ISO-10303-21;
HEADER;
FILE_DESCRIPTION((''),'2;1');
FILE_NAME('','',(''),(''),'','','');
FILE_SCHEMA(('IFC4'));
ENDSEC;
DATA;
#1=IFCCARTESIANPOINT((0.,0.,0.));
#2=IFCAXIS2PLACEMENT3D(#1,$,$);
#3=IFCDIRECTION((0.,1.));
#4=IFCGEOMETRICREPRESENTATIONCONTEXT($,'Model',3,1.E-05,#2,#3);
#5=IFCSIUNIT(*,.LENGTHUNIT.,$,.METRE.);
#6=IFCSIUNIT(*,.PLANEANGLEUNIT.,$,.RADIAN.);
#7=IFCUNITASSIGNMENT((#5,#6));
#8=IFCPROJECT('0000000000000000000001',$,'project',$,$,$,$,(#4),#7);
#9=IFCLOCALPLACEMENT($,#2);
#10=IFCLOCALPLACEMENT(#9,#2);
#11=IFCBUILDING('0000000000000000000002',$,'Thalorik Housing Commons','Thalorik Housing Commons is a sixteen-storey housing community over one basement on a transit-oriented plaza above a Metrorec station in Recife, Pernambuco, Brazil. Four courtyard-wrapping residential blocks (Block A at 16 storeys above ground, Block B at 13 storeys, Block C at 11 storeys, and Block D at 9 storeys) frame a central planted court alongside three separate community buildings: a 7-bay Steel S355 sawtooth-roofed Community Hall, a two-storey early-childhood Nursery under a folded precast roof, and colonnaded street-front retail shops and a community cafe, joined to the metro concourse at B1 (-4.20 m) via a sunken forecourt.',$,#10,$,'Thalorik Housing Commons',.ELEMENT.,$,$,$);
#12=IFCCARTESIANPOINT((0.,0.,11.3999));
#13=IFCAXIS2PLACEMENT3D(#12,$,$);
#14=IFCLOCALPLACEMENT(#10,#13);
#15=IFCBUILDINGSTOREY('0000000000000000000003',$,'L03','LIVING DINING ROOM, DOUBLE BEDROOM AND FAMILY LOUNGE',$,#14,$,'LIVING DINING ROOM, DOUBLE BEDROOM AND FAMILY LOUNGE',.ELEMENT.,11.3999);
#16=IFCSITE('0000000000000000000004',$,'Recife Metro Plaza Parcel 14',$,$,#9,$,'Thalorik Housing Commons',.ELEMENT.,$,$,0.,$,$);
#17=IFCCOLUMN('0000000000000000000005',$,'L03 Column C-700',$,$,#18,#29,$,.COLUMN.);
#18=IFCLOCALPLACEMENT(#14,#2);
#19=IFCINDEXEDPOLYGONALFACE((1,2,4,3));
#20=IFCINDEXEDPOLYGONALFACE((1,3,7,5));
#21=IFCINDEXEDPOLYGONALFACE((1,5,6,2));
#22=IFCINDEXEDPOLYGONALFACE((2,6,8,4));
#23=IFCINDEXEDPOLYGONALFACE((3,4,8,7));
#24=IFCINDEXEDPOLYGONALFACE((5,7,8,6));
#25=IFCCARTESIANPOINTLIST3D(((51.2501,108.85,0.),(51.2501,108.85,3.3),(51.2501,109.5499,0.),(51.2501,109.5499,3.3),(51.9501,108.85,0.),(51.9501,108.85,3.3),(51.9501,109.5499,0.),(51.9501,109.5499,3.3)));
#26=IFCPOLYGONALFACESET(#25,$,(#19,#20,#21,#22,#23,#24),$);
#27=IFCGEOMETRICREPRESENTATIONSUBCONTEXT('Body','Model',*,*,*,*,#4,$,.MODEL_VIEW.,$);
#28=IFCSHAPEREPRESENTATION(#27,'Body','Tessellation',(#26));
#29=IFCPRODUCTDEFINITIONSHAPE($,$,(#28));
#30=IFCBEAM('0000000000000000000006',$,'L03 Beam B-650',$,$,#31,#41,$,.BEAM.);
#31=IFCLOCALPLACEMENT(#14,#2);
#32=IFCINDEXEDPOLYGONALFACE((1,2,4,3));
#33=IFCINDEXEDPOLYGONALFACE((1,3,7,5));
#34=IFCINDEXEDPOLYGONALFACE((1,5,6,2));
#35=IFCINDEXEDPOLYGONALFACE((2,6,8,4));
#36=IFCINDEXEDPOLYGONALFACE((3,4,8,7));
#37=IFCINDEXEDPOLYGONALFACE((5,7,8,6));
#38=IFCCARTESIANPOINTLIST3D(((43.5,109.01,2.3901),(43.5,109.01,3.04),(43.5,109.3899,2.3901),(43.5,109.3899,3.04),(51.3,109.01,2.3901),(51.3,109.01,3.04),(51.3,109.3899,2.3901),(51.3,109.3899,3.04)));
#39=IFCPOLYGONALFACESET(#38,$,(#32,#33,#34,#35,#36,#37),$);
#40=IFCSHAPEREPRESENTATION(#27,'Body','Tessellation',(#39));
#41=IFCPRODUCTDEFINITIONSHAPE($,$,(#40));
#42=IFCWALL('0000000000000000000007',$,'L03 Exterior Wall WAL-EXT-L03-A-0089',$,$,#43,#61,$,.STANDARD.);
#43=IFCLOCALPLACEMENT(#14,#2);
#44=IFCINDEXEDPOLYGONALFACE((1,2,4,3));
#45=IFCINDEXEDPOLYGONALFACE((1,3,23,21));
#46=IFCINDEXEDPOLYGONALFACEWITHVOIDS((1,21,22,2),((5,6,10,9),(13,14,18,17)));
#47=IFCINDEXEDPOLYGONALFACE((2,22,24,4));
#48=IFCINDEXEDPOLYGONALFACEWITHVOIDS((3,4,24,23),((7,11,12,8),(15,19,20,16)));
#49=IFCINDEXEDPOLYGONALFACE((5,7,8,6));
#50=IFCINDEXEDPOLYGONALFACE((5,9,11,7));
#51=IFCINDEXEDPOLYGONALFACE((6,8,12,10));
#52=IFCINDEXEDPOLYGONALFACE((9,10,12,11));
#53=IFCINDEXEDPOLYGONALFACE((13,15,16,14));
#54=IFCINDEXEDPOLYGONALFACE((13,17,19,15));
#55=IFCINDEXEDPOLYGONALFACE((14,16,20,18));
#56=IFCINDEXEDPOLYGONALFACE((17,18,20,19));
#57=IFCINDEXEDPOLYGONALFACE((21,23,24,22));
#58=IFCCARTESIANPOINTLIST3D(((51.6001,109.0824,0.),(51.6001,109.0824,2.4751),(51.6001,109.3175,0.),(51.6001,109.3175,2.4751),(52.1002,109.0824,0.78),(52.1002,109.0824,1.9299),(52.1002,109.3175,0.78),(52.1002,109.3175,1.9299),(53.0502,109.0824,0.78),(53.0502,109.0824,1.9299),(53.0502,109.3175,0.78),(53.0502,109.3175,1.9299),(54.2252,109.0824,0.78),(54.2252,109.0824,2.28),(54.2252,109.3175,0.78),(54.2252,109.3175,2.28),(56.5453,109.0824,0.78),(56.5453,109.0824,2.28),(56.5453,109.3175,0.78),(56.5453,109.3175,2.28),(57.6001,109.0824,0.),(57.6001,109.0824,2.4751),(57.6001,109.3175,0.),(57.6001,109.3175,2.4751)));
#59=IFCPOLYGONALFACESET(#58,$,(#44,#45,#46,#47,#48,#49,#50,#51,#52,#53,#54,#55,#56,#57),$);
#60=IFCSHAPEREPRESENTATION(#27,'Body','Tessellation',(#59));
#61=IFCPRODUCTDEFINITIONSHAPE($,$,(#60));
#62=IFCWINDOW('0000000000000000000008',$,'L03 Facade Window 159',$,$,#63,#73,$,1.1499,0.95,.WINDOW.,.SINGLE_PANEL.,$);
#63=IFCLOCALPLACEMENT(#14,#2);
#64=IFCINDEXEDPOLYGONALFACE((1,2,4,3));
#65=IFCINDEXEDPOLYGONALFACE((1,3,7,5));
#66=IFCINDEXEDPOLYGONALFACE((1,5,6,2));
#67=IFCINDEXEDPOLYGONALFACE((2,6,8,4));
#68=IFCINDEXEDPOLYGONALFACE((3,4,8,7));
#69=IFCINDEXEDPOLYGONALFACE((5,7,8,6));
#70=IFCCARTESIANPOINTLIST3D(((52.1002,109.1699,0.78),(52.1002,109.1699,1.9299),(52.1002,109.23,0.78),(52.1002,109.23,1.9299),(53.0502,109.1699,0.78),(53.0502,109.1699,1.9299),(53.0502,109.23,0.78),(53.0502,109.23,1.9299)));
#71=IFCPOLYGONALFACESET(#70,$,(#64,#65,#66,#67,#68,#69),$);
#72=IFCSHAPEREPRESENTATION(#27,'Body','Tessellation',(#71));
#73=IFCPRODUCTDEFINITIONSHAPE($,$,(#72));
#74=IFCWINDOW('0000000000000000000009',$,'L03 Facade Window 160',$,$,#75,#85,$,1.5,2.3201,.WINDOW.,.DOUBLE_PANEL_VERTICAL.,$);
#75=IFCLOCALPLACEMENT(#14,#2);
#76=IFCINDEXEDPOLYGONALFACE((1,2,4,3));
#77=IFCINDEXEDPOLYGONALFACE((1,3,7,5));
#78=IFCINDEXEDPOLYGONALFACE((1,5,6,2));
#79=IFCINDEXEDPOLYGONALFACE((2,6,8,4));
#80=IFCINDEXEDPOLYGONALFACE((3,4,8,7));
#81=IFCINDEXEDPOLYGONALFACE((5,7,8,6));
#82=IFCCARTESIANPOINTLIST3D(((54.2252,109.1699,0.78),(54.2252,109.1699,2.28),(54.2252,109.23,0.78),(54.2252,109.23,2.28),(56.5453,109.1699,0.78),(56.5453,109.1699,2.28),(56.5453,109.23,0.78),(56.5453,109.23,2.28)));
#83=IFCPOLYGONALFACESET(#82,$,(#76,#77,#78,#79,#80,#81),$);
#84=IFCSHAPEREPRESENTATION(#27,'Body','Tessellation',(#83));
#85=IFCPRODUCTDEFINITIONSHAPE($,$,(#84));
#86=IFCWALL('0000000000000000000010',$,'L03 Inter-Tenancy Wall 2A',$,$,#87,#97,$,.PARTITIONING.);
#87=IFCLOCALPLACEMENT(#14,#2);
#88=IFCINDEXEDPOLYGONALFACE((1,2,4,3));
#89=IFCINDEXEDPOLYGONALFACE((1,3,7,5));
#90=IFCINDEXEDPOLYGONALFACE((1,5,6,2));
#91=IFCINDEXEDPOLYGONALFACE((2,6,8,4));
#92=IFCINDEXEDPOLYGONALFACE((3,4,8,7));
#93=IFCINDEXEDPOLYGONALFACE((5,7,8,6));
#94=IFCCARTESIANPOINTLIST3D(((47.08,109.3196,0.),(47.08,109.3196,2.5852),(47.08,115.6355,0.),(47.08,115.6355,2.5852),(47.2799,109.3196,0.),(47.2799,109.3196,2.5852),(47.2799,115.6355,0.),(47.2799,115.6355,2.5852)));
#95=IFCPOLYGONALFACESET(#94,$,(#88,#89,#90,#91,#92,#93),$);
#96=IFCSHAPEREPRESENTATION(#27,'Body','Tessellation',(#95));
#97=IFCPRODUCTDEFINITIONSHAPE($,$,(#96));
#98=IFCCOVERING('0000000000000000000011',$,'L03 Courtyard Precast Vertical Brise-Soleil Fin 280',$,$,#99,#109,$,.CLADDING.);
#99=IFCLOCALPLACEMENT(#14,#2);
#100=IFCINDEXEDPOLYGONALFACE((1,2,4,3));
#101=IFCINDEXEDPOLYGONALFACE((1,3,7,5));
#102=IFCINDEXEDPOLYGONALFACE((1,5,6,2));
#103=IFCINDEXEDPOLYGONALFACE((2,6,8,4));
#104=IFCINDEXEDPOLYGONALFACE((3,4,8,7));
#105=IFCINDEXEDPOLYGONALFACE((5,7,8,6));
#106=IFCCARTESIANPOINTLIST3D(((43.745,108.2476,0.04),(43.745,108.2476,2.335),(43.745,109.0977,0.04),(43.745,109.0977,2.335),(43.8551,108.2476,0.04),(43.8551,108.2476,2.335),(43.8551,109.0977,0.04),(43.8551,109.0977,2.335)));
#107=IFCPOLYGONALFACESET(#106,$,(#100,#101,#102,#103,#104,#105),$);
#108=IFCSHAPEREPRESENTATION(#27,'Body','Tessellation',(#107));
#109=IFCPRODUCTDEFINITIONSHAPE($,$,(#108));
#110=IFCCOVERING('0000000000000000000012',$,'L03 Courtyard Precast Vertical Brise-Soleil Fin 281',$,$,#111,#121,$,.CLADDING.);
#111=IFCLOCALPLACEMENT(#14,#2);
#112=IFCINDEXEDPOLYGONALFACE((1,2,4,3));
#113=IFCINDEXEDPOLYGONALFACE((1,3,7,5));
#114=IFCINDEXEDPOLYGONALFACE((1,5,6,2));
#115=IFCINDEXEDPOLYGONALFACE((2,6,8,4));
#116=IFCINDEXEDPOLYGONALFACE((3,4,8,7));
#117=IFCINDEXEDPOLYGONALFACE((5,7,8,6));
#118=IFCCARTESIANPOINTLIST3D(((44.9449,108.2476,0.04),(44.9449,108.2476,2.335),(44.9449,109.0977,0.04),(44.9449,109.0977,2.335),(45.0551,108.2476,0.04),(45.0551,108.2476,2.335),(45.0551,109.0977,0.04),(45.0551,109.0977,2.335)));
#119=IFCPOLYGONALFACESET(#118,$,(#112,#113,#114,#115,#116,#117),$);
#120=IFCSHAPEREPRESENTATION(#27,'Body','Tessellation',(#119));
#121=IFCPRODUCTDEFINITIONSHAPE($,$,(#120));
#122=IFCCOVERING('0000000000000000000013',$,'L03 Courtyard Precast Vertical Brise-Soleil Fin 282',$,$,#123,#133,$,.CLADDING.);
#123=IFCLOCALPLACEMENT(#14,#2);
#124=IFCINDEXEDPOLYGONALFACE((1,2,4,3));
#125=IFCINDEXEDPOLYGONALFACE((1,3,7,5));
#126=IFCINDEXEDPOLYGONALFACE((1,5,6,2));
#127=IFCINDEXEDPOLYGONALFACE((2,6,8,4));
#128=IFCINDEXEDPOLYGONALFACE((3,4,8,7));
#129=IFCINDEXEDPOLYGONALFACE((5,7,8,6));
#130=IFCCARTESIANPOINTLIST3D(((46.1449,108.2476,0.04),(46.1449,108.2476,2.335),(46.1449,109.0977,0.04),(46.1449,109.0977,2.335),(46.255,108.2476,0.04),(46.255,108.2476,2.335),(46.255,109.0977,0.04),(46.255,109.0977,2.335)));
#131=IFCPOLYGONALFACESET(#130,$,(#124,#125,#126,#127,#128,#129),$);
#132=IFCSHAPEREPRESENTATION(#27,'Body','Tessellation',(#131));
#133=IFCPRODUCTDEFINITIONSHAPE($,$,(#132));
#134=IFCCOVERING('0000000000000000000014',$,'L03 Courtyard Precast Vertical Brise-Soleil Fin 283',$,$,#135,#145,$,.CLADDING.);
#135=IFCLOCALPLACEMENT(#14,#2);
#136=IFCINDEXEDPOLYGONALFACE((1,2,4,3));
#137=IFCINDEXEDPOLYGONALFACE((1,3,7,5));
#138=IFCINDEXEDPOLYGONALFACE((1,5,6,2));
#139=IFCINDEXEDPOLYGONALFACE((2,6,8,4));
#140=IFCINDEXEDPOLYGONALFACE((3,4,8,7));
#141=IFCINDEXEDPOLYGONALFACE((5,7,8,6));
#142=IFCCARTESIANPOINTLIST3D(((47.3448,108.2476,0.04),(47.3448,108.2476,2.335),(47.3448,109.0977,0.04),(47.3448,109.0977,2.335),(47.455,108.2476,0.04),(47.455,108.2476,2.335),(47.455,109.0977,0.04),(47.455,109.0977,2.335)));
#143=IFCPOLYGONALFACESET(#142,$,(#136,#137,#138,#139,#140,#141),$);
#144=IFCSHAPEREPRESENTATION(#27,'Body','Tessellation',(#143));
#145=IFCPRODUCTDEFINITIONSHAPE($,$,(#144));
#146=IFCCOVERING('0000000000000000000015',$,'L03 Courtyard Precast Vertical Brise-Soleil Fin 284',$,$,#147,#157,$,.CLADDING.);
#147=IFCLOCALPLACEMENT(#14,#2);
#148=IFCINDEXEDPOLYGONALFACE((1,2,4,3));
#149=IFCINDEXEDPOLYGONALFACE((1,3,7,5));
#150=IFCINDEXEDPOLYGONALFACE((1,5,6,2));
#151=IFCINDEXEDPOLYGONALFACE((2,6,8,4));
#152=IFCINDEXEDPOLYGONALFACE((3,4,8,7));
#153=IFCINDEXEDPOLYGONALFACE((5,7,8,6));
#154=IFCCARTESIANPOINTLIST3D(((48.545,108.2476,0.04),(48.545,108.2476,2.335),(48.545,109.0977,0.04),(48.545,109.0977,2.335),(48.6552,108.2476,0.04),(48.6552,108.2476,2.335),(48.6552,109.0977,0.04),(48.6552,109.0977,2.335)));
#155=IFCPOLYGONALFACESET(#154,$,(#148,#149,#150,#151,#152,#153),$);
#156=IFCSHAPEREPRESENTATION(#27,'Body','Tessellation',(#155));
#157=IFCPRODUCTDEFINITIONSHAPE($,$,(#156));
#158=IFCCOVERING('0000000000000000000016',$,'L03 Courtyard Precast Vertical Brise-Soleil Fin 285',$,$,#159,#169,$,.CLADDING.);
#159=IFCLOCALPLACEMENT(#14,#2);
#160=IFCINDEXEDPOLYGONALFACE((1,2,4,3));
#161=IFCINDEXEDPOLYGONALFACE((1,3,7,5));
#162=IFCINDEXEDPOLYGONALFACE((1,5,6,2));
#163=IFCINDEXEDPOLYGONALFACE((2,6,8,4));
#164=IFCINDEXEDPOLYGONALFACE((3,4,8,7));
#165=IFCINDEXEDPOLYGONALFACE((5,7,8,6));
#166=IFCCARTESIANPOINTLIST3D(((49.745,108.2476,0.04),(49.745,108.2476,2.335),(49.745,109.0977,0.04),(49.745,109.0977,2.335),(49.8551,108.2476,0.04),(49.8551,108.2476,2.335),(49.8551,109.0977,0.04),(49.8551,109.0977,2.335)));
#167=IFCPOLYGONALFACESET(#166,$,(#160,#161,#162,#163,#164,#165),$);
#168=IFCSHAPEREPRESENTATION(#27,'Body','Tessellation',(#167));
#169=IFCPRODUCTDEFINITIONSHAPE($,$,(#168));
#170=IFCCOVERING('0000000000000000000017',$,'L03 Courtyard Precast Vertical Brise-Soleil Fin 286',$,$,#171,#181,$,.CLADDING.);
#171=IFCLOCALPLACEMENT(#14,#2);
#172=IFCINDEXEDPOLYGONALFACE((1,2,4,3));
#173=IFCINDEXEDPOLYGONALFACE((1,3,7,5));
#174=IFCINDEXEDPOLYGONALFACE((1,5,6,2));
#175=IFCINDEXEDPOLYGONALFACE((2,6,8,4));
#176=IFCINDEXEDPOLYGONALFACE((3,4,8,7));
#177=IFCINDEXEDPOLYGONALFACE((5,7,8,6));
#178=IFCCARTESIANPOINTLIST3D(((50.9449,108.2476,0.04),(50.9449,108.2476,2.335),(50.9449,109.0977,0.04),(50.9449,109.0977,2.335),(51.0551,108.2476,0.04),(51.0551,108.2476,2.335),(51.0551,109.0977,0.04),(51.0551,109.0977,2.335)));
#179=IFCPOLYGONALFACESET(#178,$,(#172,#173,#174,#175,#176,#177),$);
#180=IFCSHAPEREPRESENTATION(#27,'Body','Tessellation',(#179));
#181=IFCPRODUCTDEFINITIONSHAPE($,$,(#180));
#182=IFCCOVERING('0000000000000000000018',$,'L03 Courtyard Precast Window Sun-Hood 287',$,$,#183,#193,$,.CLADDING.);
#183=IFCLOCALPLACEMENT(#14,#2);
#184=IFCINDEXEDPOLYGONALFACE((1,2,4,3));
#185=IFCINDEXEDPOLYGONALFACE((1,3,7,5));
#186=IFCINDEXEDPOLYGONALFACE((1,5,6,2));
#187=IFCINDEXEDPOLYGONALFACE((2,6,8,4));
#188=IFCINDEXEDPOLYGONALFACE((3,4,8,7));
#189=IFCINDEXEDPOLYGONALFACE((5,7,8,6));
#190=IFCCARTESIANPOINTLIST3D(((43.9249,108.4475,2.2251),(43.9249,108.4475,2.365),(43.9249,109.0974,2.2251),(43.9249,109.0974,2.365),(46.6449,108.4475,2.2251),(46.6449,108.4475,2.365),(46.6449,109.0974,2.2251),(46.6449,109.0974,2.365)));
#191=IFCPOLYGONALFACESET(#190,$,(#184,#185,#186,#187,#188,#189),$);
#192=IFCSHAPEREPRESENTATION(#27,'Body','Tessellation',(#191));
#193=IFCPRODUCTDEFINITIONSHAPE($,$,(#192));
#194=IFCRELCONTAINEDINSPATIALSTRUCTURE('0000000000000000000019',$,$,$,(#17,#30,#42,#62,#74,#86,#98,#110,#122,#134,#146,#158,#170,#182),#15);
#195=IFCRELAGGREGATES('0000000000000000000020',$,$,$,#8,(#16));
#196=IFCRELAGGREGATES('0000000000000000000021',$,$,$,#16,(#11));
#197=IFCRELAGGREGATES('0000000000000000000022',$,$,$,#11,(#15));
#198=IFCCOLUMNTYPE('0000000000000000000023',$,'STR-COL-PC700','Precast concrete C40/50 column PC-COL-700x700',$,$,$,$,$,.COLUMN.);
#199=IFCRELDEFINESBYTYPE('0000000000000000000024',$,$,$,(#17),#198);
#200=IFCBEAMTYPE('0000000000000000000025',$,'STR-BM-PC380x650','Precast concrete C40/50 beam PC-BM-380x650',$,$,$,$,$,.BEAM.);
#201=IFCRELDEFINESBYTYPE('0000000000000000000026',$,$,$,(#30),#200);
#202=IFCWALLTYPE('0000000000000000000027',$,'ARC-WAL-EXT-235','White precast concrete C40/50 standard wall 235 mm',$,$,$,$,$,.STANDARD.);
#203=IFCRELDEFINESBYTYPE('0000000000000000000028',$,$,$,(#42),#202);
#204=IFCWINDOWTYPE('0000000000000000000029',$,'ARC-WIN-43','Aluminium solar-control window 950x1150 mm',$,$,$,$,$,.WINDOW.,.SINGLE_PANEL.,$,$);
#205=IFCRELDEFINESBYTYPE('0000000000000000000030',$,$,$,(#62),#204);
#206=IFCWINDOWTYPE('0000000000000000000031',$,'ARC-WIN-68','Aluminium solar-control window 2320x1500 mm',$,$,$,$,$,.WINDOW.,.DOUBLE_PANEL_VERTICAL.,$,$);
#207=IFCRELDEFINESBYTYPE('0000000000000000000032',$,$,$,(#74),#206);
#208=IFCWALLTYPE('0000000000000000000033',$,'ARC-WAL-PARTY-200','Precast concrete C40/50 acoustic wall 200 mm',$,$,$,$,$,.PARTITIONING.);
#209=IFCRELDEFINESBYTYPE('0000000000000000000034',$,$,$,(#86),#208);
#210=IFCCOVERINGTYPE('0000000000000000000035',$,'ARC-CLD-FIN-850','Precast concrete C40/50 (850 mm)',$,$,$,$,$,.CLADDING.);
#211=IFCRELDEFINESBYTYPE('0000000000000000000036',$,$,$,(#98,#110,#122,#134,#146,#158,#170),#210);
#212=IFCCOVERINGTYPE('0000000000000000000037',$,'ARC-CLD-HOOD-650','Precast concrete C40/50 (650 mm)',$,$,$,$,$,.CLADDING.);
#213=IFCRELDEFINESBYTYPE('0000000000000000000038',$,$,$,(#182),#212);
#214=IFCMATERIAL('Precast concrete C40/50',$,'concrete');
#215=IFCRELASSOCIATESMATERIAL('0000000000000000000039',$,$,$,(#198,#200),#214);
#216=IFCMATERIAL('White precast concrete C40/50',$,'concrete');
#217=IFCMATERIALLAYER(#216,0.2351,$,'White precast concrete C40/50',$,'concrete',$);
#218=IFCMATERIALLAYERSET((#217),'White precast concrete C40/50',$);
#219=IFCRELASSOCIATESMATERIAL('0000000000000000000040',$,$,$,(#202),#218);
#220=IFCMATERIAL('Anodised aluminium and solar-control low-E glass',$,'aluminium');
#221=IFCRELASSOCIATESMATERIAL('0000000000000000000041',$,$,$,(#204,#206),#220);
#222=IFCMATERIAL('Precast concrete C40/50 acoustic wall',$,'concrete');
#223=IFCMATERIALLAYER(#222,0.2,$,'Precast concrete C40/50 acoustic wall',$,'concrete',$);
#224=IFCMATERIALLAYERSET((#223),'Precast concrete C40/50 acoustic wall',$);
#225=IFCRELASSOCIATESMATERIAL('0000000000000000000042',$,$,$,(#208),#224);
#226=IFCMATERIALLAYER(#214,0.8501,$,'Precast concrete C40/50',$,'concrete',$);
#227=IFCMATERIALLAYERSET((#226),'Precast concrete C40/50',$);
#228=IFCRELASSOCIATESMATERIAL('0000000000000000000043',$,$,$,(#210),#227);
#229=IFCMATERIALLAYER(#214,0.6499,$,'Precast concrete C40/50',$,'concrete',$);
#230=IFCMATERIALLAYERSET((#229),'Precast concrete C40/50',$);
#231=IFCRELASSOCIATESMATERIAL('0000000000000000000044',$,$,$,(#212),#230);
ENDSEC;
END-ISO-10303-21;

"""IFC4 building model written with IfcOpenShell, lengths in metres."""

from ifc_helpers import new_model, si_unit, direction, frame, frame_2d, origin, origin_2d, place, context, subcontext, project, spatial, rectangle, extrude, material, layer, layer_set, material_profile, profile_set, type_object, element, fill, save


model = new_model("IFC4")

# Units and contexts
model_context = context("Model", 3, precision=1e-05, world=origin(), true_north=direction((0.0, 1.0)))
body_context = subcontext(model_context, "Body", "Model", "MODEL_VIEW")
ifc_project = project(units=[si_unit("LENGTHUNIT", "METRE"), si_unit("PLANEANGLEUNIT", "RADIAN")], contexts=[model_context])

# Site, building, storey
site_placement = place(None, origin())
site = spatial("IfcSite", under=ifc_project, at=site_placement, Name="Recife Metro Plaza Parcel 14", LongName="Thalorik Housing Commons", CompositionType="ELEMENT", RefElevation=0.0)
building_placement = place(site_placement, origin())
building = spatial("IfcBuilding", under=site, at=building_placement, Name="Thalorik Housing Commons", Description="Thalorik Housing Commons is a sixteen-storey housing community over one basement on a transit-oriented plaza above a Metrorec station in Recife, Pernambuco, Brazil. Four courtyard-wrapping residential blocks (Block A at 16 storeys above ground, Block B at 13 storeys, Block C at 11 storeys, and Block D at 9 storeys) frame a central planted court alongside three separate community buildings: a 7-bay Steel S355 sawtooth-roofed Community Hall, a two-storey early-childhood Nursery under a folded precast roof, and colonnaded street-front retail shops and a community cafe, joined to the metro concourse at B1 (-4.20 m) via a sunken forecourt.", LongName="Thalorik Housing Commons", CompositionType="ELEMENT")
storey_placement = place(building_placement, frame((0.0, 0.0, 11.3999)))
storey = spatial("IfcBuildingStorey", under=building, at=storey_placement, Name="L03", Description="LIVING DINING ROOM, DOUBLE BEDROOM AND FAMILY LOUNGE", LongName="LIVING DINING ROOM, DOUBLE BEDROOM AND FAMILY LOUNGE", CompositionType="ELEMENT", Elevation=11.3999)

# Column
ifc_material_1 = material(Name="Precast concrete C40/50", Category="concrete")
ifc_material_profile_1 = material_profile(ifc_material_1, rectangle(XDim=0.7, YDim=0.7, at=origin_2d()), Name="PC 700x700", Category="concrete")
ifc_profile_set_1 = profile_set([ifc_material_profile_1], Name="Precast concrete C40/50")
column_type = type_object("IfcColumnType", Name="STR-COL-PC700", Description="Precast concrete C40/50 column PC-COL-700x700", PredefinedType="COLUMN", material=ifc_profile_set_1)
column_placement = place(storey_placement, frame((51.6001, 109.2, 0.0), z_axis=(0.0, 0.0, 1.0), x_axis=(1.0, 0.0, 0.0)))
element("IfcColumn", 1, at=column_placement, inside=storey, type_object=column_type, Name="L03 Column C-700", PredefinedType="COLUMN", context=body_context, shape_type="SweptSolid", body=[
    extrude(rectangle(XDim=0.7, YDim=0.7, at=origin_2d()), origin(), (0.0, 0.0, 1.0), 3.3),
])

# Beam
ifc_material_profile_2 = material_profile(ifc_material_1, rectangle(XDim=0.3799, YDim=0.6499, at=origin_2d()), Name="PC 380x650", Category="concrete")
ifc_profile_set_2 = profile_set([ifc_material_profile_2], Name="Precast concrete C40/50")
beam_type = type_object("IfcBeamType", Name="STR-BM-PC380x650", Description="Precast concrete C40/50 beam PC-BM-380x650", PredefinedType="BEAM", material=ifc_profile_set_2)
beam_placement = place(storey_placement, frame((43.5, 109.2, 2.7151), z_axis=(1.0, 0.0, 0.0), x_axis=(0.0, 1.0, 0.0)))
element("IfcBeam", 2, at=beam_placement, inside=storey, type_object=beam_type, Name="L03 Beam B-650", PredefinedType="BEAM", context=body_context, shape_type="SweptSolid", body=[
    extrude(rectangle(XDim=0.3799, YDim=0.6499, at=origin_2d()), origin(), (0.0, 0.0, 1.0), 7.8),
])

# Wall, openings, windows
ifc_material_2 = material(Name="White precast concrete C40/50", Category="concrete")
ifc_layer_1 = layer(ifc_material_2, 0.2351, Name="White precast concrete C40/50", Category="concrete")
ifc_layer_set_1 = layer_set([ifc_layer_1], Name="White precast concrete C40/50")
wall_type_1 = type_object("IfcWallType", Name="ARC-WAL-EXT-235", Description="White precast concrete C40/50 standard wall 235 mm", PredefinedType="STANDARD", material=ifc_layer_set_1)
wall_1_placement = place(storey_placement, frame((51.6001, 109.2, 0.0), z_axis=(0.0, 0.0, 1.0), x_axis=(1.0, 0.0, 0.0)))
wall_1 = element("IfcWall", 3, at=wall_1_placement, inside=storey, type_object=wall_type_1, Name="L03 Exterior Wall WAL-EXT-L03-A-0089", PredefinedType="STANDARD", context=body_context, shape_type="SweptSolid", body=[
    extrude(rectangle(XDim=6.0, YDim=0.2351, at=frame_2d((3.0, 0.0))), origin(), (0.0, 0.0, 1.0), 2.4751),
])
opening_1_placement = place(wall_1_placement, frame((0.5, 0.0, 0.78)))
opening_1 = element("IfcOpeningElement", 4, at=opening_1_placement, cuts=wall_1, PredefinedType="OPENING", context=body_context, shape_type="SweptSolid", body=[
    extrude(rectangle(XDim=0.95, YDim=1.1499, at=frame_2d((0.4751, 0.575))), frame((0.0, 0.1274, 0.0), z_axis=(0.0, -1.0, 0.0), x_axis=(1.0, 0.0, 0.0)), (0.0, 0.0, 1.0), 0.2551),
])
opening_2_placement = place(wall_1_placement, frame((2.625, 0.0, 0.78)))
opening_2 = element("IfcOpeningElement", 5, at=opening_2_placement, cuts=wall_1, PredefinedType="OPENING", context=body_context, shape_type="SweptSolid", body=[
    extrude(rectangle(XDim=2.3201, YDim=1.5, at=frame_2d((1.1602, 0.75))), frame((0.0, 0.1274, 0.0), z_axis=(0.0, -1.0, 0.0), x_axis=(1.0, 0.0, 0.0)), (0.0, 0.0, 1.0), 0.2551),
])
ifc_material_3 = material(Name="Anodised aluminium and solar-control low-E glass", Category="aluminium")
window_type_1 = type_object("IfcWindowType", Name="ARC-WIN-43", Description="Aluminium solar-control window 950x1150 mm", PartitioningType="SINGLE_PANEL", PredefinedType="WINDOW", material=ifc_material_3)
window_1_placement = place(opening_1_placement, origin())
window_1 = element("IfcWindow", 6, at=window_1_placement, inside=storey, type_object=window_type_1, Name="L03 Facade Window 159", OverallHeight=1.1499, OverallWidth=0.95, PartitioningType="SINGLE_PANEL", PredefinedType="WINDOW", context=body_context, shape_type="SweptSolid", body=[
    extrude(rectangle(XDim=0.95, YDim=1.1499, at=frame_2d((0.4751, 0.575))), frame((0.0, 0.03, 0.0), z_axis=(0.0, -1.0, 0.0), x_axis=(1.0, 0.0, 0.0)), (0.0, 0.0, 1.0), 0.0601),
])
fill(opening_1, window_1)
window_type_2 = type_object("IfcWindowType", Name="ARC-WIN-68", Description="Aluminium solar-control window 2320x1500 mm", PartitioningType="DOUBLE_PANEL_VERTICAL", PredefinedType="WINDOW", material=ifc_material_3)
window_2_placement = place(opening_2_placement, origin())
window_2 = element("IfcWindow", 7, at=window_2_placement, inside=storey, type_object=window_type_2, Name="L03 Facade Window 160", OverallHeight=1.5, OverallWidth=2.3201, PartitioningType="DOUBLE_PANEL_VERTICAL", PredefinedType="WINDOW", context=body_context, shape_type="SweptSolid", body=[
    extrude(rectangle(XDim=2.3201, YDim=1.5, at=frame_2d((1.1602, 0.75))), frame((0.0, 0.03, 0.0), z_axis=(0.0, -1.0, 0.0), x_axis=(1.0, 0.0, 0.0)), (0.0, 0.0, 1.0), 0.0601),
])
fill(opening_2, window_2)

# Wall
ifc_material_4 = material(Name="Precast concrete C40/50 acoustic wall", Category="concrete")
ifc_layer_2 = layer(ifc_material_4, 0.2, Name="Precast concrete C40/50 acoustic wall", Category="concrete")
ifc_layer_set_2 = layer_set([ifc_layer_2], Name="Precast concrete C40/50 acoustic wall")
wall_type_2 = type_object("IfcWallType", Name="ARC-WAL-PARTY-200", Description="Precast concrete C40/50 acoustic wall 200 mm", PredefinedType="PARTITIONING", material=ifc_layer_set_2)
wall_2_placement = place(storey_placement, frame((47.1799, 109.3196, 0.0), z_axis=(0.0, 0.0, 1.0), x_axis=(0.0, 1.0, 0.0)))
element("IfcWall", 8, at=wall_2_placement, inside=storey, type_object=wall_type_2, Name="L03 Inter-Tenancy Wall 2A", PredefinedType="PARTITIONING", context=body_context, shape_type="SweptSolid", body=[
    extrude(rectangle(XDim=6.3159, YDim=0.2, at=frame_2d((3.158, 0.0))), origin(), (0.0, 0.0, 1.0), 2.5852),
])

# Coverings
ifc_layer_3 = layer(ifc_material_1, 0.8501, Name="Precast concrete C40/50", Category="concrete")
ifc_layer_set_3 = layer_set([ifc_layer_3], Name="Precast concrete C40/50")
covering_type_1 = type_object("IfcCoveringType", Name="ARC-CLD-FIN-850", Description="Precast concrete C40/50 (850 mm)", PredefinedType="CLADDING", material=ifc_layer_set_3)
for number, where, z_axis, x_axis, name in (
    (9, (43.8, 108.6726, 0.04), (0.0, 0.0, 1.0), (1.0, 0.0, 0.0), "L03 Courtyard Precast Vertical Brise-Soleil Fin 280"),
    (10, (45.0, 108.6726, 0.04), (0.0, 0.0, 1.0), (1.0, 0.0, 0.0), "L03 Courtyard Precast Vertical Brise-Soleil Fin 281"),
    (11, (46.2, 108.6726, 0.04), (0.0, 0.0, 1.0), (1.0, 0.0, 0.0), "L03 Courtyard Precast Vertical Brise-Soleil Fin 282"),
    (12, (47.3999, 108.6726, 0.04), (0.0, 0.0, 1.0), (1.0, 0.0, 0.0), "L03 Courtyard Precast Vertical Brise-Soleil Fin 283"),
    (13, (48.6001, 108.6726, 0.04), (0.0, 0.0, 1.0), (1.0, 0.0, 0.0), "L03 Courtyard Precast Vertical Brise-Soleil Fin 284"),
    (14, (49.8, 108.6726, 0.04), (0.0, 0.0, 1.0), (1.0, 0.0, 0.0), "L03 Courtyard Precast Vertical Brise-Soleil Fin 285"),
    (15, (51.0, 108.6726, 0.04), (0.0, 0.0, 1.0), (1.0, 0.0, 0.0), "L03 Courtyard Precast Vertical Brise-Soleil Fin 286"),
):
    element("IfcCovering", number, at=place(storey_placement, frame(where, z_axis=z_axis, x_axis=x_axis)), inside=storey, type_object=covering_type_1, Name=name, PredefinedType="CLADDING", context=body_context, shape_type="SweptSolid", body=[
        extrude(rectangle(XDim=0.1101, YDim=0.8501, at=origin_2d()), origin(), (0.0, 0.0, 1.0), 2.2949),
    ])
ifc_layer_4 = layer(ifc_material_1, 0.6499, Name="Precast concrete C40/50", Category="concrete")
ifc_layer_set_4 = layer_set([ifc_layer_4], Name="Precast concrete C40/50")
covering_type_2 = type_object("IfcCoveringType", Name="ARC-CLD-HOOD-650", Description="Precast concrete C40/50 (650 mm)", PredefinedType="CLADDING", material=ifc_layer_set_4)
covering_1_placement = place(storey_placement, frame((45.2849, 108.7725, 2.2251), z_axis=(0.0, 0.0, 1.0), x_axis=(1.0, 0.0, 0.0)))
element("IfcCovering", 16, at=covering_1_placement, inside=storey, type_object=covering_type_2, Name="L03 Courtyard Precast Window Sun-Hood 287", PredefinedType="CLADDING", context=body_context, shape_type="SweptSolid", body=[
    extrude(rectangle(XDim=2.72, YDim=0.6499, at=origin_2d()), origin(), (0.0, 0.0, 1.0), 0.1399),
])

save(model, "model.ifc")
